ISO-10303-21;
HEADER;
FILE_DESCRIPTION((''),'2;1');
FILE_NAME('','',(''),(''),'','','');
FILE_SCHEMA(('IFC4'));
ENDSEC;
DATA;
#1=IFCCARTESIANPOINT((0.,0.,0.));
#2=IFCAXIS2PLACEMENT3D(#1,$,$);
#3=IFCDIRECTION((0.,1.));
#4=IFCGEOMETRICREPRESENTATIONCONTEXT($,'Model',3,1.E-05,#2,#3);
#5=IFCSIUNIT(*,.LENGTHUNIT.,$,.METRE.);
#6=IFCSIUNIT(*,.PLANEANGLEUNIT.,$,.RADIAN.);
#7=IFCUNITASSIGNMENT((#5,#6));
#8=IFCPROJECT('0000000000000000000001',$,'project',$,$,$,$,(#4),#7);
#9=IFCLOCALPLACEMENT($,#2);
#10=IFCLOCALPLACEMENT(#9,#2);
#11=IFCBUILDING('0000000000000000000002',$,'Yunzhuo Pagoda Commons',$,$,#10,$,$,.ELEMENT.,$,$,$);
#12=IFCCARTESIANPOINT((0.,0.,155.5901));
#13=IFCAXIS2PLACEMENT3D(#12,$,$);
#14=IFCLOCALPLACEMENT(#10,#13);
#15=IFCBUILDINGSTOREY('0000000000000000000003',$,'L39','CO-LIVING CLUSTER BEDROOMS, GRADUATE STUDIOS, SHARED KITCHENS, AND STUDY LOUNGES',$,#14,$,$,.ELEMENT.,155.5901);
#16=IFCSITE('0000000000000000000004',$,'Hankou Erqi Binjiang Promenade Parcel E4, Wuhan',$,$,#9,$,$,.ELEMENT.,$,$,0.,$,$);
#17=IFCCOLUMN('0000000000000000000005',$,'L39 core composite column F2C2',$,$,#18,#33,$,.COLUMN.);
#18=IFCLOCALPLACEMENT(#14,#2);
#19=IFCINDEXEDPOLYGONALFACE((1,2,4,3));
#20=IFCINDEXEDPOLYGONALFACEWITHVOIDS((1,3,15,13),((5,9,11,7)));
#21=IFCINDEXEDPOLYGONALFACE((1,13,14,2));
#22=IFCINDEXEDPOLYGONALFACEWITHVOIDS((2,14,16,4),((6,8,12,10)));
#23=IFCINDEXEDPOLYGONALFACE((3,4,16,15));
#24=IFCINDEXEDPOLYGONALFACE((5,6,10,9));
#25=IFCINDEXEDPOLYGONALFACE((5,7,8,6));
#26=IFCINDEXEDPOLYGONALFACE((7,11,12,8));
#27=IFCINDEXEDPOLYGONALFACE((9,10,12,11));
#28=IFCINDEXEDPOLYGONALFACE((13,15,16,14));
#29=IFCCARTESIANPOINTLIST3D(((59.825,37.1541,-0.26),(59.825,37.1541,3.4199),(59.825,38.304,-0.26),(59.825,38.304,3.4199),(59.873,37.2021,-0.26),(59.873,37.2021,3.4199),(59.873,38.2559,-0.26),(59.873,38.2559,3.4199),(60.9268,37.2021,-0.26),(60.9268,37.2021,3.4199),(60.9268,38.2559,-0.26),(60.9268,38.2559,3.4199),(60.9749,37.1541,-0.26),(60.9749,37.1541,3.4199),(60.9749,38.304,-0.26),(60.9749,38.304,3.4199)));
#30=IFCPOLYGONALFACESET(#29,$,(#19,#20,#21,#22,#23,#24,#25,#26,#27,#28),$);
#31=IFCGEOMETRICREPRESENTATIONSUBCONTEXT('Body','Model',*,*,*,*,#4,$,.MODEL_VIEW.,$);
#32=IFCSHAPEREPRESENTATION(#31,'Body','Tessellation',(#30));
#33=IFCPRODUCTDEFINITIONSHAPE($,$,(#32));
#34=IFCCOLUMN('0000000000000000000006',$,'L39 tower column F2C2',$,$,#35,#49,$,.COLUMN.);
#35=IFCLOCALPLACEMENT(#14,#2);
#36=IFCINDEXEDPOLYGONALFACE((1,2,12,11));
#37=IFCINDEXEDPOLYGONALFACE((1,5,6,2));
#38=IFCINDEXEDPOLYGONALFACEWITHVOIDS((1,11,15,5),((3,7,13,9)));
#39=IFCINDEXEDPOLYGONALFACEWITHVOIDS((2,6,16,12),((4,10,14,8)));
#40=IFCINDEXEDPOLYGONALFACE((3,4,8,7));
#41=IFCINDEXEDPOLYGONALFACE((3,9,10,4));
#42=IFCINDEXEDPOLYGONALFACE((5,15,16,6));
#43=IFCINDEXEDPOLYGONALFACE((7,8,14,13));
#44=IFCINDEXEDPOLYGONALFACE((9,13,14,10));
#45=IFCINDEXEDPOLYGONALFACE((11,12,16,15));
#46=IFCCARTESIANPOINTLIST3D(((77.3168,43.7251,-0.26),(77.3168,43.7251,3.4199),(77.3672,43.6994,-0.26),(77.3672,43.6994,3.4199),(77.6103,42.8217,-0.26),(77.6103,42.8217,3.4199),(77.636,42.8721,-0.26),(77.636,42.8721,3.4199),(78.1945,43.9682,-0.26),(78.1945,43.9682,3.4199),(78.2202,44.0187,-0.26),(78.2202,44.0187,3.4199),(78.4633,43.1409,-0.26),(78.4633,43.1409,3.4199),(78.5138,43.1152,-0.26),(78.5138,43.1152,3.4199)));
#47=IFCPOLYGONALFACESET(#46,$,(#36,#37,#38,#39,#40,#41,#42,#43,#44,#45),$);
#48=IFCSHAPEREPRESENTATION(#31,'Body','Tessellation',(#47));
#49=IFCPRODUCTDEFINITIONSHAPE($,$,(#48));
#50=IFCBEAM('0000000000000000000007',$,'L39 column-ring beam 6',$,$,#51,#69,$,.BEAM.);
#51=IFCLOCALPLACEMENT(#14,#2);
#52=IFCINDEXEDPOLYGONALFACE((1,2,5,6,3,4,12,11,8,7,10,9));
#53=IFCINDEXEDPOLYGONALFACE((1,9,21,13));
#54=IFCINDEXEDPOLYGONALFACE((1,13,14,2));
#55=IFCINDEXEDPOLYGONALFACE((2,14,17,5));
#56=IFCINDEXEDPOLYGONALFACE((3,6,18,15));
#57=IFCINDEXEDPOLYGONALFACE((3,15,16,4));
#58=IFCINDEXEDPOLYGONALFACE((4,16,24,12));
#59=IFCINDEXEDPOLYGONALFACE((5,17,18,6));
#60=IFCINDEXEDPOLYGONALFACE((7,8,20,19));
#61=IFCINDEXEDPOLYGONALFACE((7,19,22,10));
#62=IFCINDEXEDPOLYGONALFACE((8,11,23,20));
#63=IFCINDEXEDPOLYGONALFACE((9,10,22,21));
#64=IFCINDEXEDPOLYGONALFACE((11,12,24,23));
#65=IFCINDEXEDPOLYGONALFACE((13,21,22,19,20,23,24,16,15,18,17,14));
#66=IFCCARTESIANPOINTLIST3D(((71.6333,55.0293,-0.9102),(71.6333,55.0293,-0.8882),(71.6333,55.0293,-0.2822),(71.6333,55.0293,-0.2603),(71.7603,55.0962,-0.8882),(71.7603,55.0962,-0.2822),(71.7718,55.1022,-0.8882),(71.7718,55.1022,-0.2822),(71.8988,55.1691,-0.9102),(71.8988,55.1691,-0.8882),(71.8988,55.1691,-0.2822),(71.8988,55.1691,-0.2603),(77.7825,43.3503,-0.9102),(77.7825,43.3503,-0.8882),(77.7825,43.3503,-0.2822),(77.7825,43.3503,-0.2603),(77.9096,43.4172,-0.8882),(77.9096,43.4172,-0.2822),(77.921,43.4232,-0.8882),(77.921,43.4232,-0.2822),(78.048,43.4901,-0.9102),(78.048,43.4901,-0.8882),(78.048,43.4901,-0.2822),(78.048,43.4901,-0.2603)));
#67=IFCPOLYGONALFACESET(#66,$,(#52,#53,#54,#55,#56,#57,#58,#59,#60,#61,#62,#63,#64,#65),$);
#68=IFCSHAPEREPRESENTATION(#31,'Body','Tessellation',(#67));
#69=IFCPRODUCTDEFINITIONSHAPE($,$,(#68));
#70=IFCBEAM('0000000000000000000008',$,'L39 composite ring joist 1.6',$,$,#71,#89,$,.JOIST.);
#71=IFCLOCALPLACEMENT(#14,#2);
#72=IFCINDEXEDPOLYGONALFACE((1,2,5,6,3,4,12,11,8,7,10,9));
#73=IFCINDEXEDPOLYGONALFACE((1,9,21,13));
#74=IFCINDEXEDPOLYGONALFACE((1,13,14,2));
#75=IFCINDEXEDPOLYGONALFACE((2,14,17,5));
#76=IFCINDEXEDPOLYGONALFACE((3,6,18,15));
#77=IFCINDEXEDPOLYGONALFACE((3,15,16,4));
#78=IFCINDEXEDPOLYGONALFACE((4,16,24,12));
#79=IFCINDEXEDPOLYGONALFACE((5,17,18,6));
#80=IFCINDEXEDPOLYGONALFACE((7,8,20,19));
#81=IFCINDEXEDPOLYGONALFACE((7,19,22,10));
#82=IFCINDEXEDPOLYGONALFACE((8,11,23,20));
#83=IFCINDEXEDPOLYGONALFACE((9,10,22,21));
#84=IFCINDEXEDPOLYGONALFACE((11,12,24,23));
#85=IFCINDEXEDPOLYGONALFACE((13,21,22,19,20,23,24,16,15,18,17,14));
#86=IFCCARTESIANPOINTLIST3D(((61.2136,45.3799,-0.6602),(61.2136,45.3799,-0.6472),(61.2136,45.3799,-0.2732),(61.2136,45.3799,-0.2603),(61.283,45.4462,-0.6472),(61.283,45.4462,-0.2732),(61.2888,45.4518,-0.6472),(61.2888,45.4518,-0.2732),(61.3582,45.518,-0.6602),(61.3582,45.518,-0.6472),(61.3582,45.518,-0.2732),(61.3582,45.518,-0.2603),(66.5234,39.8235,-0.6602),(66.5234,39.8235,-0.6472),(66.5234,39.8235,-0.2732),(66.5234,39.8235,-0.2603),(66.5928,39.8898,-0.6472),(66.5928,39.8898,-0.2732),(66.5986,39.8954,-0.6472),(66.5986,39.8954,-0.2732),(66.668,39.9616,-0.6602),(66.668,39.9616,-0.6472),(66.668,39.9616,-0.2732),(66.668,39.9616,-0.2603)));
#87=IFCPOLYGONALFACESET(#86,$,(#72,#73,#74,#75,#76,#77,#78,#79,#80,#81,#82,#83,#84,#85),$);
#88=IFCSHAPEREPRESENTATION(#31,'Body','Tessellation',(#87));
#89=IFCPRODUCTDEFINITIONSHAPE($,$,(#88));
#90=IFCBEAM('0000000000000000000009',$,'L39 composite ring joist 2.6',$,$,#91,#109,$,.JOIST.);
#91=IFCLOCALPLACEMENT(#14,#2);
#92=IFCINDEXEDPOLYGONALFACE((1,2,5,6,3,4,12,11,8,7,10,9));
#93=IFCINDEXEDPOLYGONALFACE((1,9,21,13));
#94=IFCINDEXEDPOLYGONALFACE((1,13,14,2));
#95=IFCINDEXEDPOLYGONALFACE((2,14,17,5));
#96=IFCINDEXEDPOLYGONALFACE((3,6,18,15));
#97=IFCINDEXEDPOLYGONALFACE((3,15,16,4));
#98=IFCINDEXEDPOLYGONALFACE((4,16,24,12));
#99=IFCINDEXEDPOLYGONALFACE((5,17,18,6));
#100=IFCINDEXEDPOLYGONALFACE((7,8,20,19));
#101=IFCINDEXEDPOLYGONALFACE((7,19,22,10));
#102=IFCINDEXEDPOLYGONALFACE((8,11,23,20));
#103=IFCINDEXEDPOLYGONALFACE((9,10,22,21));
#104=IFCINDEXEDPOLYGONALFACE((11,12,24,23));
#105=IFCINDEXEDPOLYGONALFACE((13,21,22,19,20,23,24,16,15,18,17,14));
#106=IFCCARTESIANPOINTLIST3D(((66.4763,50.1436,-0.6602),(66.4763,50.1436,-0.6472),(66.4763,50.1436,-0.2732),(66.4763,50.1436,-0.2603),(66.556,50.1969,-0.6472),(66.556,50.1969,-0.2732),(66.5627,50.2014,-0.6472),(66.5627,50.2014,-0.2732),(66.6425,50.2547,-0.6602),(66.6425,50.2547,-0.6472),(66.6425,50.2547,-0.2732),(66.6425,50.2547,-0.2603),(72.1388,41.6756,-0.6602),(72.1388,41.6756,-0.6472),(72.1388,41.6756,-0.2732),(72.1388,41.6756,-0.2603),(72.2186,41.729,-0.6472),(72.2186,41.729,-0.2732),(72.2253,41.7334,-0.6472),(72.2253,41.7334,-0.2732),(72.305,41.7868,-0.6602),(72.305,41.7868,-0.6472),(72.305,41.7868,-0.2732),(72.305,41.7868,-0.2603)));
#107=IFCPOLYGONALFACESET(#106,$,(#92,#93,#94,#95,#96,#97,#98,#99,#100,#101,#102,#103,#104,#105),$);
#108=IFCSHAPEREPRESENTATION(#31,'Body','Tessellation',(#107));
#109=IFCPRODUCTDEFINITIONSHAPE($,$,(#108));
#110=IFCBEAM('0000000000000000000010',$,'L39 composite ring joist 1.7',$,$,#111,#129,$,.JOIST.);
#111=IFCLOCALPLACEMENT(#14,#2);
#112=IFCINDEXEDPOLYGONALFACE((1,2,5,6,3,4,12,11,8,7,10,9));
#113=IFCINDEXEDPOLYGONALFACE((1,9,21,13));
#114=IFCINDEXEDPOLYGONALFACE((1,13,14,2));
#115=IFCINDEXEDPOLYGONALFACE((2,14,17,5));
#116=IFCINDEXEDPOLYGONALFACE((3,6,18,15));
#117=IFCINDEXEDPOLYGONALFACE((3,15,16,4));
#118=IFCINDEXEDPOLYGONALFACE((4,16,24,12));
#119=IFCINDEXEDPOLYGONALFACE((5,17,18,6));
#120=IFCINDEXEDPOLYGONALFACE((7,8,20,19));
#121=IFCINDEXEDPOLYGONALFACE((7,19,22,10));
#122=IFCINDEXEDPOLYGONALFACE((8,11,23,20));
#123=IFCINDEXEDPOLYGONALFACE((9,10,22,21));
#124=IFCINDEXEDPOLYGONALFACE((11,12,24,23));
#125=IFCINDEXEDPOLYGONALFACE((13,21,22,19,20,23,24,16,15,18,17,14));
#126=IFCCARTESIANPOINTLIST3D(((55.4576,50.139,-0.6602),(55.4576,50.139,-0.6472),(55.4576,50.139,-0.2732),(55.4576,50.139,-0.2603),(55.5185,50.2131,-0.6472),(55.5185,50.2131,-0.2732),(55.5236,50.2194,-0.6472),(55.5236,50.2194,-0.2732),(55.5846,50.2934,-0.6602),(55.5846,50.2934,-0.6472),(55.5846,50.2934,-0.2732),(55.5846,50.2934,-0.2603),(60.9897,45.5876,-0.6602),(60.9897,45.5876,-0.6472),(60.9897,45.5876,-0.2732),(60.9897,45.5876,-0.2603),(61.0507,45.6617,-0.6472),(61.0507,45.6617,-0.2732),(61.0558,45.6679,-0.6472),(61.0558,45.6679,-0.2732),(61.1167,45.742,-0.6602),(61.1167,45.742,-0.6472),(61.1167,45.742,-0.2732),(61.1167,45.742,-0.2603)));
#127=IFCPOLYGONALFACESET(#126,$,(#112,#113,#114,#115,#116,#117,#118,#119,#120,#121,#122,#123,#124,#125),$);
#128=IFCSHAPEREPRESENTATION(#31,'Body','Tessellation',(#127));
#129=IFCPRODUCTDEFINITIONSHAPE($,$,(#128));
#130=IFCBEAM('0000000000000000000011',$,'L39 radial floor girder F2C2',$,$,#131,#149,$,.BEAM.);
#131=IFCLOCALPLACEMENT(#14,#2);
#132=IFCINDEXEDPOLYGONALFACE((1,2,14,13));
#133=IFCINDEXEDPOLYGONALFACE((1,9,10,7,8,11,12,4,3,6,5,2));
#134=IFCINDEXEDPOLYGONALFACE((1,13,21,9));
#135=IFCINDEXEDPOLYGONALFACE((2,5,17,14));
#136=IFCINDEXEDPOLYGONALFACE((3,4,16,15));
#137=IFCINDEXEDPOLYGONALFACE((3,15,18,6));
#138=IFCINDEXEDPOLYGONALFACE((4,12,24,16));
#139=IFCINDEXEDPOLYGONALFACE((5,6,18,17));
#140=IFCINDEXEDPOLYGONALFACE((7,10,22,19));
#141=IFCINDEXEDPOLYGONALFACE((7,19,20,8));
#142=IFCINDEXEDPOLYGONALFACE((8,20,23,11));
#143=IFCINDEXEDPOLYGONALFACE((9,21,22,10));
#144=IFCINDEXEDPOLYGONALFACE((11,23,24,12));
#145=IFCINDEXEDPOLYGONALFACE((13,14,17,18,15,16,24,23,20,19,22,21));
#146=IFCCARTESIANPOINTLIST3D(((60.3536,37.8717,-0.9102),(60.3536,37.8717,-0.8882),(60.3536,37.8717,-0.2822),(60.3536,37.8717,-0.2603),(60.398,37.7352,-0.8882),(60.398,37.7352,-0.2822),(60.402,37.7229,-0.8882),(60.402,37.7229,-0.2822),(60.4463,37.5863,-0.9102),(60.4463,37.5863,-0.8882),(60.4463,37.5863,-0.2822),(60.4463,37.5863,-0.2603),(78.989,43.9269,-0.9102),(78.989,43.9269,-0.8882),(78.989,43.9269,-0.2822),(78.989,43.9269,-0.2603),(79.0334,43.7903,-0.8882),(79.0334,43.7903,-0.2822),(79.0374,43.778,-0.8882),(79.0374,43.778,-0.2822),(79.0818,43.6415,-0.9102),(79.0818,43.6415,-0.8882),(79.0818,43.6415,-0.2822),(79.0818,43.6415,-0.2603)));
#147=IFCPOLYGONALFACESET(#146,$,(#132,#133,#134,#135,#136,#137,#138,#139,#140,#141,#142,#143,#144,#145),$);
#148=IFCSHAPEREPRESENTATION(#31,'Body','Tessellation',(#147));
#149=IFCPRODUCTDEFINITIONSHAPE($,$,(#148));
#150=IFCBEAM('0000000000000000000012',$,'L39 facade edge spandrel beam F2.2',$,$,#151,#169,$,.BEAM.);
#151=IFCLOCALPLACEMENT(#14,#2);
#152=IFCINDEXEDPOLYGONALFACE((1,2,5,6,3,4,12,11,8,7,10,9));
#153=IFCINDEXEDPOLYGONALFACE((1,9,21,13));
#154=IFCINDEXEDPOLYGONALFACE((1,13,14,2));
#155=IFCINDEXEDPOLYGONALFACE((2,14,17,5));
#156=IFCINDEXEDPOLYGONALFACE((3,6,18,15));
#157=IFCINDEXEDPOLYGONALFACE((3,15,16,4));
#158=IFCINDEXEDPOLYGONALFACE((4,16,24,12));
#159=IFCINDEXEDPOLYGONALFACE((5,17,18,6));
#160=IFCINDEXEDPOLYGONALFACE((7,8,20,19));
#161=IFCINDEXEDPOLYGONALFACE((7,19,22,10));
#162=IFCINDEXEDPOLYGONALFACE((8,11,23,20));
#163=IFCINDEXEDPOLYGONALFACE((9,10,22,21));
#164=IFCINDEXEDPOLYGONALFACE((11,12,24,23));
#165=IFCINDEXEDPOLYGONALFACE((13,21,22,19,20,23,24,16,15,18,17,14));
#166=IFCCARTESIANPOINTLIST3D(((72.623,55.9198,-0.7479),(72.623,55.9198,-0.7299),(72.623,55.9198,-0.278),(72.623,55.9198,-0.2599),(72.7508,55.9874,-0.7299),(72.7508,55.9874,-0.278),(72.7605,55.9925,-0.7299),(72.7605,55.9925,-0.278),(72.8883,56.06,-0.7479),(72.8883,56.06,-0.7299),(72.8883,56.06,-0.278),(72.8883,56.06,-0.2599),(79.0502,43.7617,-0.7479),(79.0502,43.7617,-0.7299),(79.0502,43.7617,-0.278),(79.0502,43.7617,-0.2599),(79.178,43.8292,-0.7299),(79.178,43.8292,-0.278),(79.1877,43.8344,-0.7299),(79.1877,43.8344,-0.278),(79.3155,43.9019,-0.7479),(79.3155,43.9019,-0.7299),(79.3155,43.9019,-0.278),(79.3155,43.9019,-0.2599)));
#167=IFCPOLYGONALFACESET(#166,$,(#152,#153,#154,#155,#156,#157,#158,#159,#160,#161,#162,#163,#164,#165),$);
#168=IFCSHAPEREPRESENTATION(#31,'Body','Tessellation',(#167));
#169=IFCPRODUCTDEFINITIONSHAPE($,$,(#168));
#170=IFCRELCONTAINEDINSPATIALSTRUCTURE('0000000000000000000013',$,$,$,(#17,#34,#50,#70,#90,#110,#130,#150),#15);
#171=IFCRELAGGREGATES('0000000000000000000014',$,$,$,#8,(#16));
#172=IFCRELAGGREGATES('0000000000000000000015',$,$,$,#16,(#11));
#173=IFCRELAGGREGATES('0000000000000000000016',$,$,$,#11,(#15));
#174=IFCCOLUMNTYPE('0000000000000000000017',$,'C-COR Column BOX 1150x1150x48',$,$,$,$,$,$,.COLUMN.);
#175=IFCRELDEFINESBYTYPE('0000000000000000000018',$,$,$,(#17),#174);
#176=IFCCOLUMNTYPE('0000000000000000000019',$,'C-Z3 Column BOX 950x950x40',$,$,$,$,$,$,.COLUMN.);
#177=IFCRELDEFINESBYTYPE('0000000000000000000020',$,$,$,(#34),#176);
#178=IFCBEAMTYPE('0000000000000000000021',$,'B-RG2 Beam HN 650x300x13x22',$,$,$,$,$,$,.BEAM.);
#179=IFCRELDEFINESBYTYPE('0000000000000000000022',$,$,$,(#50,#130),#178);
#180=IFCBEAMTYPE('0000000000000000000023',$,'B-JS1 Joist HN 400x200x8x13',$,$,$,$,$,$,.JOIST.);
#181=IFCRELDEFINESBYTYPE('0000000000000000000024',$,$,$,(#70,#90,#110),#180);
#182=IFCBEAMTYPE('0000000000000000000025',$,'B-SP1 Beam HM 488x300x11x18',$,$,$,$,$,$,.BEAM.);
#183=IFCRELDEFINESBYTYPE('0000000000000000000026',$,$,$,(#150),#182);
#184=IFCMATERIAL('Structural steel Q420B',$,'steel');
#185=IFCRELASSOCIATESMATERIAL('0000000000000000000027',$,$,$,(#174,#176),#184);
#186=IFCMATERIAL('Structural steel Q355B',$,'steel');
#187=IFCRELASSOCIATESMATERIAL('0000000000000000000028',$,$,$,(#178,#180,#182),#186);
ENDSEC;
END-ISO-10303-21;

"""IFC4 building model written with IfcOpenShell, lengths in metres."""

from ifc_helpers import new_model, si_unit, direction, frame, origin, origin_2d, place, context, subcontext, project, spatial, hollow_rectangle, i_section, extrude, source, transform, mapped, material, material_profile, profile_set, type_object, element, save


model = new_model("IFC4")

# Units and contexts
model_context = context("Model", 3, precision=1e-05, world=origin(), true_north=direction((0.0, 1.0)))
body_context = subcontext(model_context, "Body", "Model", "MODEL_VIEW")
ifc_project = project(units=[si_unit("LENGTHUNIT", "METRE"), si_unit("PLANEANGLEUNIT", "RADIAN")], contexts=[model_context])

# Site, building, storey
site_placement = place(None, origin())
site = spatial("IfcSite", under=ifc_project, at=site_placement, Name="Hankou Erqi Binjiang Promenade Parcel E4, Wuhan", CompositionType="ELEMENT", RefElevation=0.0)
building_placement = place(site_placement, origin())
building = spatial("IfcBuilding", under=site, at=building_placement, Name="Yunzhuo Pagoda Commons", CompositionType="ELEMENT")
storey_placement = place(building_placement, frame((0.0, 0.0, 155.5901)))
storey = spatial("IfcBuildingStorey", under=building, at=storey_placement, Name="L39", Description="CO-LIVING CLUSTER BEDROOMS, GRADUATE STUDIOS, SHARED KITCHENS, AND STUDY LOUNGES", CompositionType="ELEMENT", Elevation=155.5901)

# Columns
ifc_material_1 = material(Name="Structural steel Q420B", Category="steel")
ifc_material_profile_1 = material_profile(ifc_material_1, hollow_rectangle(XDim=1.1499, YDim=1.1499, WallThickness=0.0481, at=origin_2d()), Name="Structural steel Q420B")
ifc_profile_set_1 = profile_set([ifc_material_profile_1], Name="Structural steel Q420B")
column_type_1 = type_object("IfcColumnType", Name="C-COR Column BOX 1150x1150x48", PredefinedType="COLUMN", material=ifc_profile_set_1)
shared_shape_1 = source(origin(), body_context, "Body", "SweptSolid", [
    extrude(hollow_rectangle(XDim=1.1499, YDim=1.1499, WallThickness=0.0481, at=origin_2d()), origin(), (0.0, 0.0, 1.0), 3.6799),
])
column_1_placement = place(storey_placement, frame((60.3999, 37.729, -0.26), z_axis=(0.0, 0.0, 1.0), x_axis=(1.0, 0.0, 0.0)))
element("IfcColumn", 1, at=column_1_placement, inside=storey, type_object=column_type_1, Name="L39 core composite column F2C2", PredefinedType="COLUMN", context=body_context, shape_type="MappedRepresentation", body=[
    mapped(shared_shape_1, transform((0.0, 0.0, 0.0), scale=1.0)),
])
ifc_material_profile_2 = material_profile(ifc_material_1, hollow_rectangle(XDim=0.95, YDim=0.95, WallThickness=0.04, at=origin_2d()), Name="Structural steel Q420B")
ifc_profile_set_2 = profile_set([ifc_material_profile_2], Name="Structural steel Q420B")
column_type_2 = type_object("IfcColumnType", Name="C-Z3 Column BOX 950x950x40", PredefinedType="COLUMN", material=ifc_profile_set_2)
shared_shape_2 = source(origin(), body_context, "Body", "SweptSolid", [
    extrude(hollow_rectangle(XDim=0.95, YDim=0.95, WallThickness=0.04, at=origin_2d()), origin(), (0.0, 0.0, 1.0), 3.6799),
])
column_2_placement = place(storey_placement, frame((77.9153, 43.4202, -0.26), z_axis=(0.0, 0.0, 1.0), x_axis=(-0.309017, 0.951057, 0.0)))
element("IfcColumn", 2, at=column_2_placement, inside=storey, type_object=column_type_2, Name="L39 tower column F2C2", PredefinedType="COLUMN", context=body_context, shape_type="MappedRepresentation", body=[
    mapped(shared_shape_2, transform((0.0, 0.0, 0.0), scale=1.0)),
])

# Beams
ifc_material_2 = material(Name="Structural steel Q355B", Category="steel")
ifc_material_profile_3 = material_profile(ifc_material_2, i_section(OverallWidth=0.3, OverallDepth=0.6499, WebThickness=0.0129, FlangeThickness=0.022, at=origin_2d()), Name="Structural steel Q355B")
ifc_profile_set_3 = profile_set([ifc_material_profile_3], Name="Structural steel Q355B")
beam_type_1 = type_object("IfcBeamType", Name="B-RG2 Beam HN 650x300x13x22", PredefinedType="BEAM", material=ifc_profile_set_3)
shared_shape_3 = source(origin(), body_context, "Body", "SweptSolid", [
    extrude(i_section(OverallWidth=0.3, OverallDepth=0.6499, WebThickness=0.0129, FlangeThickness=0.022, at=origin_2d()), origin(), (0.0, 0.0, 1.0), 13.199),
])
beam_1_placement = place(storey_placement, frame((77.9153, 43.4202, -0.5852), z_axis=(-0.465886, 0.884845, 0.0), x_axis=(-0.884845, -0.465886, 0.0)))
element("IfcBeam", 3, at=beam_1_placement, inside=storey, type_object=beam_type_1, Name="L39 column-ring beam 6", PredefinedType="BEAM", context=body_context, shape_type="MappedRepresentation", body=[
    mapped(shared_shape_3, transform((0.0, 0.0, 0.0), scale=1.0)),
])
ifc_material_profile_4 = material_profile(ifc_material_2, i_section(OverallWidth=0.2, OverallDepth=0.3999, WebThickness=0.0081, FlangeThickness=0.0129, at=origin_2d()), Name="Structural steel Q355B")
ifc_profile_set_4 = profile_set([ifc_material_profile_4], Name="Structural steel Q355B")
beam_type_2 = type_object("IfcBeamType", Name="B-JS1 Joist HN 400x200x8x13", PredefinedType="JOIST", material=ifc_profile_set_4)
shared_shape_4 = source(origin(), body_context, "Body", "SweptSolid", [
    extrude(i_section(OverallWidth=0.2, OverallDepth=0.3999, WebThickness=0.0081, FlangeThickness=0.0129, at=origin_2d()), origin(), (0.0, 0.0, 1.0), 7.6855),
])
beam_2_placement = place(storey_placement, frame((66.5957, 39.8926, -0.4602), z_axis=(-0.690883, 0.722967, 0.0), x_axis=(-0.722967, -0.690883, 0.0)))
element("IfcBeam", 4, at=beam_2_placement, inside=storey, type_object=beam_type_2, Name="L39 composite ring joist 1.6", PredefinedType="JOIST", context=body_context, shape_type="MappedRepresentation", body=[
    mapped(shared_shape_4, transform((0.0, 0.0, 0.0), scale=1.0)),
])
shared_shape_5 = source(origin(), body_context, "Body", "SweptSolid", [
    extrude(i_section(OverallWidth=0.2, OverallDepth=0.3999, WebThickness=0.0081, FlangeThickness=0.0129, at=origin_2d()), origin(), (0.0, 0.0, 1.0), 10.1868),
])
beam_3_placement = place(storey_placement, frame((72.2219, 41.7312, -0.4602), z_axis=(-0.555872, 0.831268, 0.0), x_axis=(-0.831268, -0.555872, 0.0)))
element("IfcBeam", 5, at=beam_3_placement, inside=storey, type_object=beam_type_2, Name="L39 composite ring joist 2.6", PredefinedType="JOIST", context=body_context, shape_type="MappedRepresentation", body=[
    mapped(shared_shape_5, transform((0.0, 0.0, 0.0), scale=1.0)),
])
shared_shape_6 = source(origin(), body_context, "Body", "SweptSolid", [
    extrude(i_section(OverallWidth=0.2, OverallDepth=0.3999, WebThickness=0.0081, FlangeThickness=0.0129, at=origin_2d()), origin(), (0.0, 0.0, 1.0), 7.1638),
])
beam_4_placement = place(storey_placement, frame((61.0532, 45.6648, -0.4602), z_axis=(-0.772234, 0.635338, 0.0), x_axis=(-0.635338, -0.772234, 0.0)))
element("IfcBeam", 6, at=beam_4_placement, inside=storey, type_object=beam_type_2, Name="L39 composite ring joist 1.7", PredefinedType="JOIST", context=body_context, shape_type="MappedRepresentation", body=[
    mapped(shared_shape_6, transform((0.0, 0.0, 0.0), scale=1.0)),
])
shared_shape_7 = source(origin(), body_context, "Body", "SweptSolid", [
    extrude(i_section(OverallWidth=0.3, OverallDepth=0.6499, WebThickness=0.0129, FlangeThickness=0.022, at=origin_2d()), origin(), (0.0, 0.0, 1.0), 19.5945),
])
beam_5_placement = place(storey_placement, frame((79.0354, 43.7842, -0.5852), z_axis=(-0.951054, -0.309023, 0.0), x_axis=(0.309023, -0.951054, 0.0)))
element("IfcBeam", 7, at=beam_5_placement, inside=storey, type_object=beam_type_1, Name="L39 radial floor girder F2C2", PredefinedType="BEAM", context=body_context, shape_type="MappedRepresentation", body=[
    mapped(shared_shape_7, transform((0.0, 0.0, 0.0), scale=1.0)),
])
ifc_material_profile_5 = material_profile(ifc_material_2, i_section(OverallWidth=0.3, OverallDepth=0.488, WebThickness=0.011, FlangeThickness=0.0181, at=origin_2d()), Name="Structural steel Q355B")
ifc_profile_set_5 = profile_set([ifc_material_profile_5], Name="Structural steel Q355B")
beam_type_3 = type_object("IfcBeamType", Name="B-SP1 Beam HM 488x300x11x18", PredefinedType="BEAM", material=ifc_profile_set_5)
shared_shape_8 = source(origin(), body_context, "Body", "SweptSolid", [
    extrude(i_section(OverallWidth=0.3, OverallDepth=0.488, WebThickness=0.011, FlangeThickness=0.0181, at=origin_2d()), origin(), (0.0, 0.0, 1.0), 13.7524),
])
beam_6_placement = place(storey_placement, frame((79.1829, 43.8318, -0.5039), z_axis=(-0.467351, 0.884072, 0.0), x_axis=(-0.884072, -0.467351, 0.0)))
element("IfcBeam", 8, at=beam_6_placement, inside=storey, type_object=beam_type_3, Name="L39 facade edge spandrel beam F2.2", PredefinedType="BEAM", context=body_context, shape_type="MappedRepresentation", body=[
    mapped(shared_shape_8, transform((0.0, 0.0, 0.0), scale=1.0)),
])

save(model, "model.ifc")
